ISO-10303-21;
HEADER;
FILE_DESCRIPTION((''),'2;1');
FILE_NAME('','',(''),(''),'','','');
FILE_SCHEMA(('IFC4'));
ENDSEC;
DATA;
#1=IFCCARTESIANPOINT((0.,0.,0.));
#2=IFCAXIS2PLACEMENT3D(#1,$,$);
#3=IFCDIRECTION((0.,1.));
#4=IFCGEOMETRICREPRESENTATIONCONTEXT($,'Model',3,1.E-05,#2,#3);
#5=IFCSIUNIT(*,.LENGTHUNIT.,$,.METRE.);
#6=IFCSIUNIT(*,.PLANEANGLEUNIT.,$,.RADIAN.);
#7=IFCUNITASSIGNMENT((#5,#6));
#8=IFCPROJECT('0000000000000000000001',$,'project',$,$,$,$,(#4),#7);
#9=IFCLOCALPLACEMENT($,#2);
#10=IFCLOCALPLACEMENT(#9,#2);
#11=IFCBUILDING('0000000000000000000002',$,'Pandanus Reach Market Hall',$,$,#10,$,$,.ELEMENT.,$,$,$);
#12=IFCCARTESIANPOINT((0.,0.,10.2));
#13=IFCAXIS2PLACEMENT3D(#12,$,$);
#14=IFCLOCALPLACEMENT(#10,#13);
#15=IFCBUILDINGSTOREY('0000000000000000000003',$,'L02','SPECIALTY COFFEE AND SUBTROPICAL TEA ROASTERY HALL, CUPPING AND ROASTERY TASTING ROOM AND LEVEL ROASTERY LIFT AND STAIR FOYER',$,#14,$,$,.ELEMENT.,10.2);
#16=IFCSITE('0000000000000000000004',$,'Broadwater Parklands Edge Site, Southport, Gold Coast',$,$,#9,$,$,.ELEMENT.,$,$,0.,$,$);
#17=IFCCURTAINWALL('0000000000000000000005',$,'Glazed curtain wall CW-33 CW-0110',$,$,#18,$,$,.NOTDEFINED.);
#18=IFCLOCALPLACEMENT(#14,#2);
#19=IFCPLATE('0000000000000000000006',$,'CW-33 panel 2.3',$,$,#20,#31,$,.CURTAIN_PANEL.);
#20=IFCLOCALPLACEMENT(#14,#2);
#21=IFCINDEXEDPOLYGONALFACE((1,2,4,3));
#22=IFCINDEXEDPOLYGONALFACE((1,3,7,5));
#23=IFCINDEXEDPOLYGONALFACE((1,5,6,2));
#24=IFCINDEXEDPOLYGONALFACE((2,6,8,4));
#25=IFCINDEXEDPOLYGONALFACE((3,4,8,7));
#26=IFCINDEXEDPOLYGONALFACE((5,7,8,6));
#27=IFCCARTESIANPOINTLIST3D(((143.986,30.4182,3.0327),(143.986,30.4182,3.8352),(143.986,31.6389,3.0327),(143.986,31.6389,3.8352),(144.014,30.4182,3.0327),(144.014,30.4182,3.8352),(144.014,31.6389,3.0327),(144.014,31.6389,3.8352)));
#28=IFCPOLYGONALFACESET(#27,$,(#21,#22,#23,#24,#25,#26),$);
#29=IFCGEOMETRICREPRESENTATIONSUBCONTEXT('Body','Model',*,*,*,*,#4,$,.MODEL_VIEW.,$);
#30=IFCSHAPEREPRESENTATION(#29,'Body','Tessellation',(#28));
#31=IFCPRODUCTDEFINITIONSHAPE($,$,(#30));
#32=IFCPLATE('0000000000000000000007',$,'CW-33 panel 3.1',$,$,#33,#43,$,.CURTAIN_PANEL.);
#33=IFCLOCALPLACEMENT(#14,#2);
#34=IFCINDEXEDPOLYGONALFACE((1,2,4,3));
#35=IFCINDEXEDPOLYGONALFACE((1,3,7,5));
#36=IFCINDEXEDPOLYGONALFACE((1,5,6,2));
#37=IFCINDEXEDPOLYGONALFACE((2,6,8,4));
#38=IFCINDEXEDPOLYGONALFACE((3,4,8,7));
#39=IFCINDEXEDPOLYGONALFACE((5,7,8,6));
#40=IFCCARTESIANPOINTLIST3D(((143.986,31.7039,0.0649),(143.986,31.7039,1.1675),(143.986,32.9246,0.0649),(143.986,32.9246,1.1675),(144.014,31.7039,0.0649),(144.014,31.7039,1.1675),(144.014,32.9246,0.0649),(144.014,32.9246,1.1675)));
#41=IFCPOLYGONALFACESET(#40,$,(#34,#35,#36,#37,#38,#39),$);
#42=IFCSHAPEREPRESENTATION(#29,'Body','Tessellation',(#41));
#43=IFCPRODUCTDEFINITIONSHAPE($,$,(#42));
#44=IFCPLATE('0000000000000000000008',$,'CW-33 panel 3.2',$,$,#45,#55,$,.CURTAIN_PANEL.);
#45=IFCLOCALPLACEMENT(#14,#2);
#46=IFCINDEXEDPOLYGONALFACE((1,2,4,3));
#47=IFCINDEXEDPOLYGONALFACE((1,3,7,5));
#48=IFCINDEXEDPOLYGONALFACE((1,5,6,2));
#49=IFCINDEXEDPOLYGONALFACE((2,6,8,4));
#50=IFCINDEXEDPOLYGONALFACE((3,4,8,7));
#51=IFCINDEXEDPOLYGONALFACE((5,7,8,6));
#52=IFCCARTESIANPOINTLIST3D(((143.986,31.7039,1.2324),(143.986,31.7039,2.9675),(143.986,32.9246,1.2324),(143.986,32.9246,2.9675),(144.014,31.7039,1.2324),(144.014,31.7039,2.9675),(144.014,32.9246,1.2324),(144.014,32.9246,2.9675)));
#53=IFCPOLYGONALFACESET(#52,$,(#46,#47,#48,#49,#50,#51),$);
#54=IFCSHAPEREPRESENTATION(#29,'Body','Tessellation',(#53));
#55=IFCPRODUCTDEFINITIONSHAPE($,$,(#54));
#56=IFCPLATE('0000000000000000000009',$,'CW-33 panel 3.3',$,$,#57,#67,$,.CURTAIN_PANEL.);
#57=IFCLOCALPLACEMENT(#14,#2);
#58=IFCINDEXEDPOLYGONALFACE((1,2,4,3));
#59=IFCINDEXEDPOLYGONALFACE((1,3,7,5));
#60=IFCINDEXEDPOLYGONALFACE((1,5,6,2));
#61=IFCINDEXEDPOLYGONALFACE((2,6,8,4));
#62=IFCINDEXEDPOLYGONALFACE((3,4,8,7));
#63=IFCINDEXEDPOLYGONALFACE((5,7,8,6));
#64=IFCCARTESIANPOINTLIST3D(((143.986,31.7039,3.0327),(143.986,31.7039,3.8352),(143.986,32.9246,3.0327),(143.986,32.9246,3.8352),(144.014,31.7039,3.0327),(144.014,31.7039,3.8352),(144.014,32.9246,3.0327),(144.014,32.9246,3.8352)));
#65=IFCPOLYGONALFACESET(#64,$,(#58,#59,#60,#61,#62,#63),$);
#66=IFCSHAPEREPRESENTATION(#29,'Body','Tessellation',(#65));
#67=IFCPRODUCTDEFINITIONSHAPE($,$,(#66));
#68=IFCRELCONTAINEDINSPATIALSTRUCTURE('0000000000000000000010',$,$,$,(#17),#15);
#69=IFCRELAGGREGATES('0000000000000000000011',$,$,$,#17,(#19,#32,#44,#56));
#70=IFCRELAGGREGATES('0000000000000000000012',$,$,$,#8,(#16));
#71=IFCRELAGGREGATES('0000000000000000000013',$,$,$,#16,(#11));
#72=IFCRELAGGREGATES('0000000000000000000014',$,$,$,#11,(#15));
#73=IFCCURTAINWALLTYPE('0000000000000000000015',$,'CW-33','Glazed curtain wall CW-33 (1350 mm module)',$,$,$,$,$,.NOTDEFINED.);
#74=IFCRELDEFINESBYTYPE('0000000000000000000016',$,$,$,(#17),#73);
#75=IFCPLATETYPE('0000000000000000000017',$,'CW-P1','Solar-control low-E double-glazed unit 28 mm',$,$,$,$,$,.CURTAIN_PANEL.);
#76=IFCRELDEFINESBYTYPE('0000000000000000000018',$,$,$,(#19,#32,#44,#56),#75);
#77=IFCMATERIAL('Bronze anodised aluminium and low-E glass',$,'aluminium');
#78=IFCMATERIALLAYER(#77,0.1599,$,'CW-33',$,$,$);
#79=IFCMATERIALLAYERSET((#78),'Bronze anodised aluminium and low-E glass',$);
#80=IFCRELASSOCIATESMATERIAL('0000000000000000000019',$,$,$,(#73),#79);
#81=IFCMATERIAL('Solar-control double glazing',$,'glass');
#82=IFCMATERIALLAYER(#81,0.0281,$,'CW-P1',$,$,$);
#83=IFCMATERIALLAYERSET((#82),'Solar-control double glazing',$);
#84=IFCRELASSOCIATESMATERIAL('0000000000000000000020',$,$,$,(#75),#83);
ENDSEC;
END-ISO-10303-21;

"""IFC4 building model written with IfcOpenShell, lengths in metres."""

from ifc_helpers import new_model, si_unit, direction, frame, origin, origin_2d, place, context, subcontext, project, spatial, rectangle, extrude, material, layer, layer_set, type_object, element, aggregate, save


model = new_model("IFC4")

# Units and contexts
model_context = context("Model", 3, precision=1e-05, world=origin(), true_north=direction((0.0, 1.0)))
body_context = subcontext(model_context, "Body", "Model", "MODEL_VIEW")
ifc_project = project(units=[si_unit("LENGTHUNIT", "METRE"), si_unit("PLANEANGLEUNIT", "RADIAN")], contexts=[model_context])

# Site, building, storey
site_placement = place(None, origin())
site = spatial("IfcSite", under=ifc_project, at=site_placement, Name="Broadwater Parklands Edge Site, Southport, Gold Coast", CompositionType="ELEMENT", RefElevation=0.0)
building_placement = place(site_placement, origin())
building = spatial("IfcBuilding", under=site, at=building_placement, Name="Pandanus Reach Market Hall", CompositionType="ELEMENT")
storey_placement = place(building_placement, frame((0.0, 0.0, 10.2)))
storey = spatial("IfcBuildingStorey", under=building, at=storey_placement, Name="L02", Description="SPECIALTY COFFEE AND SUBTROPICAL TEA ROASTERY HALL, CUPPING AND ROASTERY TASTING ROOM AND LEVEL ROASTERY LIFT AND STAIR FOYER", CompositionType="ELEMENT", Elevation=10.2)

# Curtain wall
ifc_material_1 = material(Name="Bronze anodised aluminium and low-E glass", Category="aluminium")
ifc_layer_1 = layer(ifc_material_1, 0.1599, Name="CW-33")
ifc_layer_set_1 = layer_set([ifc_layer_1], Name="Bronze anodised aluminium and low-E glass")
curtain_wall_type = type_object("IfcCurtainWallType", Name="CW-33", Description="Glazed curtain wall CW-33 (1350 mm module)", PredefinedType="NOTDEFINED", material=ifc_layer_set_1)
curtain_wall_1_placement = place(storey_placement, origin())
curtain_wall_1 = element("IfcCurtainWall", 1, at=curtain_wall_1_placement, inside=storey, type_object=curtain_wall_type, Name="Glazed curtain wall CW-33 CW-0110", PredefinedType="NOTDEFINED")

# Shared definitions
ifc_material_2 = material(Name="Solar-control double glazing", Category="glass")
ifc_layer_2 = layer(ifc_material_2, 0.0281, Name="CW-P1")
ifc_layer_set_2 = layer_set([ifc_layer_2], Name="Solar-control double glazing")
plate_type = type_object("IfcPlateType", Name="CW-P1", Description="Solar-control low-E double-glazed unit 28 mm", PredefinedType="CURTAIN_PANEL", material=ifc_layer_set_2)

# Plates
plate_1_placement = place(storey_placement, frame((144.0, 31.0286, 3.0327), z_axis=(0.0, 0.0, 1.0), x_axis=(0.0, 1.0, 0.0)))
plate_1 = element("IfcPlate", 2, at=plate_1_placement, type_object=plate_type, Name="CW-33 panel 2.3", PredefinedType="CURTAIN_PANEL", context=body_context, shape_type="SweptSolid", body=[
    extrude(rectangle(XDim=1.2207, YDim=0.0281, at=origin_2d()), origin(), (0.0, 0.0, 1.0), 0.8025),
])
plate_2_placement = place(storey_placement, frame((144.0, 32.3142, 0.0649), z_axis=(0.0, 0.0, 1.0), x_axis=(0.0, 1.0, 0.0)))
plate_2 = element("IfcPlate", 3, at=plate_2_placement, type_object=plate_type, Name="CW-33 panel 3.1", PredefinedType="CURTAIN_PANEL", context=body_context, shape_type="SweptSolid", body=[
    extrude(rectangle(XDim=1.2207, YDim=0.0281, at=origin_2d()), origin(), (0.0, 0.0, 1.0), 1.1025),
])
plate_3_placement = place(storey_placement, frame((144.0, 32.3142, 1.2324), z_axis=(0.0, 0.0, 1.0), x_axis=(0.0, 1.0, 0.0)))
plate_3 = element("IfcPlate", 4, at=plate_3_placement, type_object=plate_type, Name="CW-33 panel 3.2", PredefinedType="CURTAIN_PANEL", context=body_context, shape_type="SweptSolid", body=[
    extrude(rectangle(XDim=1.2207, YDim=0.0281, at=origin_2d()), origin(), (0.0, 0.0, 1.0), 1.7351),
])
plate_4_placement = place(storey_placement, frame((144.0, 32.3142, 3.0327), z_axis=(0.0, 0.0, 1.0), x_axis=(0.0, 1.0, 0.0)))
plate_4 = element("IfcPlate", 5, at=plate_4_placement, type_object=plate_type, Name="CW-33 panel 3.3", PredefinedType="CURTAIN_PANEL", context=body_context, shape_type="SweptSolid", body=[
    extrude(rectangle(XDim=1.2207, YDim=0.0281, at=origin_2d()), origin(), (0.0, 0.0, 1.0), 0.8025),
])
aggregate(curtain_wall_1, [plate_1, plate_2, plate_3, plate_4])

save(model, "model.ifc")
